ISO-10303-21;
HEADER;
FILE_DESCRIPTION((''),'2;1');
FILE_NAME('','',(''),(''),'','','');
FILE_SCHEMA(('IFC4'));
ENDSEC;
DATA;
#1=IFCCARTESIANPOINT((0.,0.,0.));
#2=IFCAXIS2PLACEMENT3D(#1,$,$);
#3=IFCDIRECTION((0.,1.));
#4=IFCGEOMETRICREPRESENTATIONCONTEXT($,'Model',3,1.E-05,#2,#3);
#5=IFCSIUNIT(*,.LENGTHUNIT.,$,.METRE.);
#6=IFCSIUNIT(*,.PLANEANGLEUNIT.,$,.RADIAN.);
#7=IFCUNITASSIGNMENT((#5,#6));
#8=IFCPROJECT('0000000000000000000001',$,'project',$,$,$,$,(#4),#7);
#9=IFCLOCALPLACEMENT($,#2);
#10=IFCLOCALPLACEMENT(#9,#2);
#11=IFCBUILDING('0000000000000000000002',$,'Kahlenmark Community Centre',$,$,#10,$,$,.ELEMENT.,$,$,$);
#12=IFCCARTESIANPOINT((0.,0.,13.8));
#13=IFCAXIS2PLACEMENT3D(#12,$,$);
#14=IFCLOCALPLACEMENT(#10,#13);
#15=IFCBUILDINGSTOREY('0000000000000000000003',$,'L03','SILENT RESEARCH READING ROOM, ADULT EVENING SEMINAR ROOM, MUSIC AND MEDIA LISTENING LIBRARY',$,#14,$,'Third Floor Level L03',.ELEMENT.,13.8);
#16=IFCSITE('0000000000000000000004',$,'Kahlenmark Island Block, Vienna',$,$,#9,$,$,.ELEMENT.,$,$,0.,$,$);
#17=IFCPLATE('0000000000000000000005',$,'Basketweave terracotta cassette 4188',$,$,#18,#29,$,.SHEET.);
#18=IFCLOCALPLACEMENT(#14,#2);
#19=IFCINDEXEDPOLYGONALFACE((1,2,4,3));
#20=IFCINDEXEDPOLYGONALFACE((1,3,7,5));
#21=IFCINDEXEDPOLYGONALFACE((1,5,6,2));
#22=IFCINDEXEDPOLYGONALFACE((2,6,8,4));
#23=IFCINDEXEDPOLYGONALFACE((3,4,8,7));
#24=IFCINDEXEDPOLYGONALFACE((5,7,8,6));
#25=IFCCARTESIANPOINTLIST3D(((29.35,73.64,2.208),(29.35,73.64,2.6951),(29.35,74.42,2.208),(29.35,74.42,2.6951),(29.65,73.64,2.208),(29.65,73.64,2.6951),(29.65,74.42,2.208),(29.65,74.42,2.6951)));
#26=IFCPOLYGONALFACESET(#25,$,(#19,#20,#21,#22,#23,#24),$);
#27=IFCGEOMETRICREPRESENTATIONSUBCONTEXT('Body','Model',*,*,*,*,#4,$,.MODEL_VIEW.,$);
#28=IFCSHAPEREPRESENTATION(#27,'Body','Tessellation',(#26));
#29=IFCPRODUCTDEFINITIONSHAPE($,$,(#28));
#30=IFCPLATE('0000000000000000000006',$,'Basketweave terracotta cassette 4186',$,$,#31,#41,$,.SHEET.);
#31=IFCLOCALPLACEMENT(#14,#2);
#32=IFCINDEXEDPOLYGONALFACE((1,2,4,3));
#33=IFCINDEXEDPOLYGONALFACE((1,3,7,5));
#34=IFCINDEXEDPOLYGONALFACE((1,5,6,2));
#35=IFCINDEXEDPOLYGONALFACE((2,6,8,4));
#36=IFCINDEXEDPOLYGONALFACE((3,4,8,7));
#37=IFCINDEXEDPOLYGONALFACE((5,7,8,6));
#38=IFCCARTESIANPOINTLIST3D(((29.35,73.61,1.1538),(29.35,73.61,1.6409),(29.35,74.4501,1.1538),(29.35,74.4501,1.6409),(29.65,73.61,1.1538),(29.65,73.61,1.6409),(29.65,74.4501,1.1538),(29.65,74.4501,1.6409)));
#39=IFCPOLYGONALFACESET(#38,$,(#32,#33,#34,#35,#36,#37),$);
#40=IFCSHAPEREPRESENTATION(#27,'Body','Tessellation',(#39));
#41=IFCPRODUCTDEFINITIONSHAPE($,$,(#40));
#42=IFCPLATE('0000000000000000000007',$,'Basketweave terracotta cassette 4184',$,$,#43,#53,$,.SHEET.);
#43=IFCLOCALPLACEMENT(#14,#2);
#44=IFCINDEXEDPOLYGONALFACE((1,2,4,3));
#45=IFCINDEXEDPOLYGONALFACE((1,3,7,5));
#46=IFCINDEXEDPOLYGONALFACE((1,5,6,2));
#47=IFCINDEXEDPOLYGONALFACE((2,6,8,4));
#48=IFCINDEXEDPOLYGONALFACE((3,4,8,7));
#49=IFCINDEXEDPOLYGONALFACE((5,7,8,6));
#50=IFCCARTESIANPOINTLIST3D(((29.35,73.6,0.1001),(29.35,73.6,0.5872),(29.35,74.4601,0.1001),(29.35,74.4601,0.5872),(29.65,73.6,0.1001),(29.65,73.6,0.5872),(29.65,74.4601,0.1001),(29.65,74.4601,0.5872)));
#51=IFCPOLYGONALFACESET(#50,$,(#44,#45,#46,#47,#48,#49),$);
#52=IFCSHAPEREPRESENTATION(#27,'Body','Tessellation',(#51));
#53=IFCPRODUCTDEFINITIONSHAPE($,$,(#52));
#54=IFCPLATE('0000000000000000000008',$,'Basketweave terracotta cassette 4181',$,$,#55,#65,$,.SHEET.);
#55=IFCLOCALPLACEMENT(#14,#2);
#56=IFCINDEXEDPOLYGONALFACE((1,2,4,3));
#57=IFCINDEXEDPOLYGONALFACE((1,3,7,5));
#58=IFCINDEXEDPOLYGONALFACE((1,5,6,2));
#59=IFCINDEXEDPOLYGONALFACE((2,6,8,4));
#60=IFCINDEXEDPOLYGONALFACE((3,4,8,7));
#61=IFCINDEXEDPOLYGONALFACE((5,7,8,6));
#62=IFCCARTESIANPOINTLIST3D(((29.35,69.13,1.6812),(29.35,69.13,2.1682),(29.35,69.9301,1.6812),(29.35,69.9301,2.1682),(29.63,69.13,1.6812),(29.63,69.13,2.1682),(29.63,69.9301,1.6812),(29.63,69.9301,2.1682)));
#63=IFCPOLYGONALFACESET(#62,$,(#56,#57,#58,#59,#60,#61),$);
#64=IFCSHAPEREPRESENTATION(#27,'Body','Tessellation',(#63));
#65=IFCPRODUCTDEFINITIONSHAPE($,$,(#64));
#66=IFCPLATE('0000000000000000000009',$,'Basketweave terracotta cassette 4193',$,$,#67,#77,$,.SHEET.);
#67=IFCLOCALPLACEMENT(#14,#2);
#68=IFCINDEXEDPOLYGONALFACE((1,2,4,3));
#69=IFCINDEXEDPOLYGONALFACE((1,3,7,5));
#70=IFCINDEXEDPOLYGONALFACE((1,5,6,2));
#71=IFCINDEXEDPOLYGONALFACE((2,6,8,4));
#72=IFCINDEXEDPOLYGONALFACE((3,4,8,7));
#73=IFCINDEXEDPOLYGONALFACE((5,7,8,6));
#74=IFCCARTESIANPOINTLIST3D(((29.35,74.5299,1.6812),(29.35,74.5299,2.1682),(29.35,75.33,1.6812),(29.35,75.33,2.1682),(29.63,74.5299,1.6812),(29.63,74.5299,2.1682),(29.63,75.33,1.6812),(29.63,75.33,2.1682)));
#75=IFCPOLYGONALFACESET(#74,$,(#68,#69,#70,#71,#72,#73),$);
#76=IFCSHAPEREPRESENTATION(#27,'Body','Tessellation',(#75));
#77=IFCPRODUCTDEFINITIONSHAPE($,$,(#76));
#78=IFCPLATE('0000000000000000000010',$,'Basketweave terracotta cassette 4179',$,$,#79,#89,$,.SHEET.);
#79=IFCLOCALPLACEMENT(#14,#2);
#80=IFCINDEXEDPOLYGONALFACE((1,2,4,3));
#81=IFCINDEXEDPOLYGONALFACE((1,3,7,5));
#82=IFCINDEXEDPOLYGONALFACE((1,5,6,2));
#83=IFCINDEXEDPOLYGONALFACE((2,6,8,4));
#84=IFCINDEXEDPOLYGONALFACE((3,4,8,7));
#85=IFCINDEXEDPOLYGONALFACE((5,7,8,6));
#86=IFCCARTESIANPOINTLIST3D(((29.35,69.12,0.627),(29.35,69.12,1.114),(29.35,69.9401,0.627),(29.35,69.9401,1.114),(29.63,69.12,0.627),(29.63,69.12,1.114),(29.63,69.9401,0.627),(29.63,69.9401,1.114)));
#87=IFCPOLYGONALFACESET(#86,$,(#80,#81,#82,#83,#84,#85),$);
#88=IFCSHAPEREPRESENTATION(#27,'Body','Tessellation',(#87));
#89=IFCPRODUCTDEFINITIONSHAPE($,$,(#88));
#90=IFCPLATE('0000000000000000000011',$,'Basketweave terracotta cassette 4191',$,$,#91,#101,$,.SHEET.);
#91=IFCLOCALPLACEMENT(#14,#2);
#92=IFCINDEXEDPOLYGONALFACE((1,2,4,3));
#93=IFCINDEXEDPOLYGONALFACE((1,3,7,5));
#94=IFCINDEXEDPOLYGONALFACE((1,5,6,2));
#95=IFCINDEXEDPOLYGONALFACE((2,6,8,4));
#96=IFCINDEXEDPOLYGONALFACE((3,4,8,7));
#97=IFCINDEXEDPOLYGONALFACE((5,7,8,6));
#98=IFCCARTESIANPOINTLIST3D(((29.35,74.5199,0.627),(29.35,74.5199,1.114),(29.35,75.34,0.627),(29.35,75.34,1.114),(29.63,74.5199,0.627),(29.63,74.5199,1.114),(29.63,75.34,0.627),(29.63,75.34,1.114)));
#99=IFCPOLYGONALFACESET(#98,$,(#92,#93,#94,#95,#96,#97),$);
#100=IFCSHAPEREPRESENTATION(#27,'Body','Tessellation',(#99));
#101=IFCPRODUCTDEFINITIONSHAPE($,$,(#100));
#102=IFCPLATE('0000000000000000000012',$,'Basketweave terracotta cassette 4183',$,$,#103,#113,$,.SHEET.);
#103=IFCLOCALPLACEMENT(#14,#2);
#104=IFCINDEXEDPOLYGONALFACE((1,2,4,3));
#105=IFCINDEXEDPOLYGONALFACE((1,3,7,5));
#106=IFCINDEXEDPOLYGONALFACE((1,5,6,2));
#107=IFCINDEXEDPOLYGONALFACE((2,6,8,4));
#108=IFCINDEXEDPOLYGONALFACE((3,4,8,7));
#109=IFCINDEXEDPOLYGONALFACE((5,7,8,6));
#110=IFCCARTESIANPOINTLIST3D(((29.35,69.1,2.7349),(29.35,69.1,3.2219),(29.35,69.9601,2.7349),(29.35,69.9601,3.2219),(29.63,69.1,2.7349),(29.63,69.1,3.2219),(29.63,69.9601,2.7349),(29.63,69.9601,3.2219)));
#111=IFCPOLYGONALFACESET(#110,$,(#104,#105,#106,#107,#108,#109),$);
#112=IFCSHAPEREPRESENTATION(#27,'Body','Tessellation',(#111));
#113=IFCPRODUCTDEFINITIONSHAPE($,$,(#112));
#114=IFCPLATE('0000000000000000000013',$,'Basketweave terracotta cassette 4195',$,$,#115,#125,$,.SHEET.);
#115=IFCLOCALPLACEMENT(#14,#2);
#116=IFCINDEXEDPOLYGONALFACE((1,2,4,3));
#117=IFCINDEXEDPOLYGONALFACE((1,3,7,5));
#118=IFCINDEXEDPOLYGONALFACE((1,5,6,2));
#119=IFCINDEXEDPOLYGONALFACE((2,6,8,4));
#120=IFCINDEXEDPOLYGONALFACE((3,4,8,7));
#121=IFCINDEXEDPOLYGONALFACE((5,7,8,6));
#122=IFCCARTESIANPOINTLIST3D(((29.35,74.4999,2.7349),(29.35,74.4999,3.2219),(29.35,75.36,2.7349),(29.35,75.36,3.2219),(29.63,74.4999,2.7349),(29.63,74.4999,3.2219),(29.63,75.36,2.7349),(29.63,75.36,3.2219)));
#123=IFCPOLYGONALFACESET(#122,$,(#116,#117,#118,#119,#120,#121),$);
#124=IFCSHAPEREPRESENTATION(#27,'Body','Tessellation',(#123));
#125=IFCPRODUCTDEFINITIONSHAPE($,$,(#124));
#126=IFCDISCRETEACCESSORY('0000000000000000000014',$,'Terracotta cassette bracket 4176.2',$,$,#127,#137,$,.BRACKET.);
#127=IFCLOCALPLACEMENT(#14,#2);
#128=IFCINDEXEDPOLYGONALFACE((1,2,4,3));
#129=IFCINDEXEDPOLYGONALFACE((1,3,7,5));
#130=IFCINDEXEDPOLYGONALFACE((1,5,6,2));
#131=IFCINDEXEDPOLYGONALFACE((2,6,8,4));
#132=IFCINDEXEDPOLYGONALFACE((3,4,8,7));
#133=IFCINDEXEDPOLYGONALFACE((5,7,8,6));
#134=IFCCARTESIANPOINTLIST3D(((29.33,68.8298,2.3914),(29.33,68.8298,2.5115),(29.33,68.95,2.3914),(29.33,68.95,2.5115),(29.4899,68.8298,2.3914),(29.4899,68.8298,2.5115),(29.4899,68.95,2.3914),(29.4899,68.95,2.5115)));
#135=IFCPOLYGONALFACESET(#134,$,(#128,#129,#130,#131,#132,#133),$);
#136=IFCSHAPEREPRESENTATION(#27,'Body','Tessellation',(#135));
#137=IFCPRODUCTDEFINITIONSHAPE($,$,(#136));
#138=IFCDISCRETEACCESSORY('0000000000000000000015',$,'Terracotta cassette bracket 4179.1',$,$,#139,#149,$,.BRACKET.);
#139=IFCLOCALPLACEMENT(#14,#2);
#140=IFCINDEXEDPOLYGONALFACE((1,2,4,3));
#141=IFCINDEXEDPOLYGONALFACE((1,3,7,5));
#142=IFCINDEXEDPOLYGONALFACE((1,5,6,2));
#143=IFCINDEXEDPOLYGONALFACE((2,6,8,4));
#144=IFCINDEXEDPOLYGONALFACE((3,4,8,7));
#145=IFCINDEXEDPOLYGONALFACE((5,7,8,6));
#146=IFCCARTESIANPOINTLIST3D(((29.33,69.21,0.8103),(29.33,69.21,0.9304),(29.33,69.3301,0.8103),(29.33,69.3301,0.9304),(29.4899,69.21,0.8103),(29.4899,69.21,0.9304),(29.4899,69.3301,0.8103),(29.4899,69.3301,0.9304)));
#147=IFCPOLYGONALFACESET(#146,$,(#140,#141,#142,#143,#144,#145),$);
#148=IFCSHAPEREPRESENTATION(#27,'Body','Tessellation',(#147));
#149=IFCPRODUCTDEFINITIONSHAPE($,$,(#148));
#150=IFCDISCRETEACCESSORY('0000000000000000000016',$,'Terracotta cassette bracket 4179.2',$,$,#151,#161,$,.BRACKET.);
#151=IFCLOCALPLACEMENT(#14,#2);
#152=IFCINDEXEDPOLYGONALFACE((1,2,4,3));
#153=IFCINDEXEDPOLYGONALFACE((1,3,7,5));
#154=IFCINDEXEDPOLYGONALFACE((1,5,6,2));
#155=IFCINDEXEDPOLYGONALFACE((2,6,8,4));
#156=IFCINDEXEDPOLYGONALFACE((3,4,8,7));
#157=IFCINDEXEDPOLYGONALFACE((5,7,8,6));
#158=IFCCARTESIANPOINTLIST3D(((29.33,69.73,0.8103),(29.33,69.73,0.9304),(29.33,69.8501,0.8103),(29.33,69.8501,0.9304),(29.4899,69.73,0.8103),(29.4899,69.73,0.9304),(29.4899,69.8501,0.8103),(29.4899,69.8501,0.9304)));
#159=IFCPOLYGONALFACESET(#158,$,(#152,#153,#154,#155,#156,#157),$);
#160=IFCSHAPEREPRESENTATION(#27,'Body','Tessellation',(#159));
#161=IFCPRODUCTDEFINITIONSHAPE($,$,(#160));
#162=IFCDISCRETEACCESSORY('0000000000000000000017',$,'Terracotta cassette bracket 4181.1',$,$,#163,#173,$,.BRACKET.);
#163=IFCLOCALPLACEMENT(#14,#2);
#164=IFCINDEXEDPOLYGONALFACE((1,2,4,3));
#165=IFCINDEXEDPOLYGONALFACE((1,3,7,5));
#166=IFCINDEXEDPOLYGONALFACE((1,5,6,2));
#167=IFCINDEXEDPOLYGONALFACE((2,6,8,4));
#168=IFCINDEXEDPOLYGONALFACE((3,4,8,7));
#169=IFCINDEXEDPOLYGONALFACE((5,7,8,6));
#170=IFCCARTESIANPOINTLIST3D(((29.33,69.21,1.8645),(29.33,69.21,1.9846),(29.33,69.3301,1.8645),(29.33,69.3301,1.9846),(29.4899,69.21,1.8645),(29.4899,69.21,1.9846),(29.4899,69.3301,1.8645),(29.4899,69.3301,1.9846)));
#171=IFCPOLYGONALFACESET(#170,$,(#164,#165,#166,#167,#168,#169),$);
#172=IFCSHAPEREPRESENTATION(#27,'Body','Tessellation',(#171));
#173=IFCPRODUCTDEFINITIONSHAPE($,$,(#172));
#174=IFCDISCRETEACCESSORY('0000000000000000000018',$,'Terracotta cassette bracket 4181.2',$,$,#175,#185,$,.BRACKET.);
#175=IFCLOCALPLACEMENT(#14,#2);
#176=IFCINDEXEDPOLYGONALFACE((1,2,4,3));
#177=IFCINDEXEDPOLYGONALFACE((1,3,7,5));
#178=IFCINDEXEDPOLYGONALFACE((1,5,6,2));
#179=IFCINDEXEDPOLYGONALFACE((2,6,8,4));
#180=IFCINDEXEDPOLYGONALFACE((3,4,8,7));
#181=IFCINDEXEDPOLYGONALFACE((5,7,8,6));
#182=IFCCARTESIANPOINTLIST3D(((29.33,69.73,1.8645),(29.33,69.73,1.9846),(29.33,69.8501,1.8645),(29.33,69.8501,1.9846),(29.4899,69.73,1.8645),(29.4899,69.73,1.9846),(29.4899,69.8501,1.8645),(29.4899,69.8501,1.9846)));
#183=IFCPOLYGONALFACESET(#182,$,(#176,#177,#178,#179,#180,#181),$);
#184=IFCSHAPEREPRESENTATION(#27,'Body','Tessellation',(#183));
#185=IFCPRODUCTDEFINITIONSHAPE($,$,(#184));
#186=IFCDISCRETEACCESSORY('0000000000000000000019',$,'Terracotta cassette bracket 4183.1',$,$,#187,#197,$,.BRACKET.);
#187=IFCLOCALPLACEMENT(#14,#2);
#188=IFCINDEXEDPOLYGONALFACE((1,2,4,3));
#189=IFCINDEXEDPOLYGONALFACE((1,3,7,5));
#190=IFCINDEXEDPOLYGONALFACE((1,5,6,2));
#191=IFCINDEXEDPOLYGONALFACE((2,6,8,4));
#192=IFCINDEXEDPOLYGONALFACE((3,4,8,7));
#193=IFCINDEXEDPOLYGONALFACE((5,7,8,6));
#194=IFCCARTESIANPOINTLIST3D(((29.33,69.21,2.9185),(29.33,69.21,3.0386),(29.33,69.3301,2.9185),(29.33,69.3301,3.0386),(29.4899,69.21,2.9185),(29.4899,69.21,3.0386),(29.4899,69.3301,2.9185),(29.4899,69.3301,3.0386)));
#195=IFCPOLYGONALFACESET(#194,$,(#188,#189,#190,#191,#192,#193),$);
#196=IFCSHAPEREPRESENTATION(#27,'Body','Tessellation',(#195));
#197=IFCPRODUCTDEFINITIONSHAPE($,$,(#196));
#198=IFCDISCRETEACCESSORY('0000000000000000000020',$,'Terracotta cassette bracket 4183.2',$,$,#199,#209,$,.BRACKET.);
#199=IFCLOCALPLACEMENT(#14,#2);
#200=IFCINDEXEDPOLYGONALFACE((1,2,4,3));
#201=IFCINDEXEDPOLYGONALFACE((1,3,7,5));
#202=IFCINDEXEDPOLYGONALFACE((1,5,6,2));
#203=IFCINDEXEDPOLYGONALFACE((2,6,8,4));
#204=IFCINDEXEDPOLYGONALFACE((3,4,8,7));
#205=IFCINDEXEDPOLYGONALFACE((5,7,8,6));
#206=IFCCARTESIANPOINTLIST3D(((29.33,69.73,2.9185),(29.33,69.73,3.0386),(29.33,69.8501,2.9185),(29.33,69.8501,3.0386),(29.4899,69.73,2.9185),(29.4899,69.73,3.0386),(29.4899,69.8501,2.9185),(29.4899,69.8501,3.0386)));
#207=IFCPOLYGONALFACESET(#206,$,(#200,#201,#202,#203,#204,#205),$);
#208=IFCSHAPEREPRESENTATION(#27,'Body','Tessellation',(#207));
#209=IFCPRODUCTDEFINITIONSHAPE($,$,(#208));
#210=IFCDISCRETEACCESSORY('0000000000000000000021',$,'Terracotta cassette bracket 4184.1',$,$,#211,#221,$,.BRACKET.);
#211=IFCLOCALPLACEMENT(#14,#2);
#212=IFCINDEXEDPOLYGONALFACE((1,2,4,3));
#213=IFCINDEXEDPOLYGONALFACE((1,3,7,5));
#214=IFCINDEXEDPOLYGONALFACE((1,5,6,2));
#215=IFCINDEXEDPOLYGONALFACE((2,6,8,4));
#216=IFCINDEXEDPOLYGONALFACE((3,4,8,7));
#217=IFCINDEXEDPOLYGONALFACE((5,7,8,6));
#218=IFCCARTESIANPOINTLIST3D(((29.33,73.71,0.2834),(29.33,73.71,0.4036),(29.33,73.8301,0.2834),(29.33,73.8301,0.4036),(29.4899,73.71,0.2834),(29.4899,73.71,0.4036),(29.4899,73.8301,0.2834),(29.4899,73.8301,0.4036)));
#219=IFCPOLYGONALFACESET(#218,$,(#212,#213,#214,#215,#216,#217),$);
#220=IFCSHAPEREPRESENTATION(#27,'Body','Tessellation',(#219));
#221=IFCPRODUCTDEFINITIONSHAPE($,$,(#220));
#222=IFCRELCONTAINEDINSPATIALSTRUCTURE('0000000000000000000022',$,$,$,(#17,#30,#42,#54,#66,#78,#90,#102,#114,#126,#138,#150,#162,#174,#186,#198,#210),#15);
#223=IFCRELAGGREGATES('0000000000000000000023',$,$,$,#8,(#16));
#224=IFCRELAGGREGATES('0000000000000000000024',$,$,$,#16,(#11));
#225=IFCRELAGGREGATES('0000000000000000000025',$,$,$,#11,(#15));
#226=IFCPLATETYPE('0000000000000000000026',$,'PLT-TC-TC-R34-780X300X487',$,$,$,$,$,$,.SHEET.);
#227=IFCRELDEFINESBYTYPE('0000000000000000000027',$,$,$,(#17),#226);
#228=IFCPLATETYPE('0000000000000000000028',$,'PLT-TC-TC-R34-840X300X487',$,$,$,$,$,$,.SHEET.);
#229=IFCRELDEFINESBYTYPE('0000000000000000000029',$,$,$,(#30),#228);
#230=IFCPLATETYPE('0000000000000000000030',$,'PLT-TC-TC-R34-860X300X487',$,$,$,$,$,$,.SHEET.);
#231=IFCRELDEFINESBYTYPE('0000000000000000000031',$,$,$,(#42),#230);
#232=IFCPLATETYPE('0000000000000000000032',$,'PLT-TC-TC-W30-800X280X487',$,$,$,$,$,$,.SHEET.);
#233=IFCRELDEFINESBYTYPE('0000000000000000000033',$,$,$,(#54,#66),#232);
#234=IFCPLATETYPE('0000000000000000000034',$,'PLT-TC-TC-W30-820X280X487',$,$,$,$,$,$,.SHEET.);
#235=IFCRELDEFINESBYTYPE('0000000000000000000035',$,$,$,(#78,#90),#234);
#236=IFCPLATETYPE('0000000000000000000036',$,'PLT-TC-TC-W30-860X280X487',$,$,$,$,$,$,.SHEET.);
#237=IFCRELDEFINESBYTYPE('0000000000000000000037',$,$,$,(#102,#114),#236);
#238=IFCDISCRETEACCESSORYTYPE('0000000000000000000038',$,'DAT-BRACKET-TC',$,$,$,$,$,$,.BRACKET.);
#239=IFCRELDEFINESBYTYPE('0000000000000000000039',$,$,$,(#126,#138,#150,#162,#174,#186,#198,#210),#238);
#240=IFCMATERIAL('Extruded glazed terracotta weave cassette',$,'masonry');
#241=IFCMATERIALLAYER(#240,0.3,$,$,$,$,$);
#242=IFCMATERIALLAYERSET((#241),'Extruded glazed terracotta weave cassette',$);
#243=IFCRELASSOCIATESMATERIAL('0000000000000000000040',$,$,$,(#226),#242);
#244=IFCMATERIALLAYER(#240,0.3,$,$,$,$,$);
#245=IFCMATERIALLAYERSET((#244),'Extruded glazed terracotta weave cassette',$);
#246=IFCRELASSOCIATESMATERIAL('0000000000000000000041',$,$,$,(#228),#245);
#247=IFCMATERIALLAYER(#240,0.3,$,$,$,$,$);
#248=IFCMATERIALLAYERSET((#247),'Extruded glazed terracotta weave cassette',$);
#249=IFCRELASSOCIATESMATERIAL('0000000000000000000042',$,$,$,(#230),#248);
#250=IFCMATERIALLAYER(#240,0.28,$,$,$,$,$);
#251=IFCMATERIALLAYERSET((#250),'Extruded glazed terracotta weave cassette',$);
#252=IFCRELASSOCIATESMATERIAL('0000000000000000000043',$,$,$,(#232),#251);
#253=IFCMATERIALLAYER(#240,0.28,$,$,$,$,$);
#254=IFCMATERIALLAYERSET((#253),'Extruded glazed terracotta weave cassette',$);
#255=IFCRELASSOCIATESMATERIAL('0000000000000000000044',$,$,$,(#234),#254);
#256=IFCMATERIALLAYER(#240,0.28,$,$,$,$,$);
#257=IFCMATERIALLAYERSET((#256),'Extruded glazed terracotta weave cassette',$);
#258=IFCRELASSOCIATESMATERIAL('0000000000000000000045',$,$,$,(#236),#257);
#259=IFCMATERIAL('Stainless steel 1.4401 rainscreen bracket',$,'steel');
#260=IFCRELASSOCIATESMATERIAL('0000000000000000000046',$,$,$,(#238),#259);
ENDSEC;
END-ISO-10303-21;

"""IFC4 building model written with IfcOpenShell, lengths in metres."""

from ifc_helpers import new_model, si_unit, direction, frame, origin, origin_2d, place, context, subcontext, project, spatial, rectangle, extrude, material, layer, layer_set, type_object, element, save


model = new_model("IFC4")

# Units and contexts
model_context = context("Model", 3, precision=1e-05, world=origin(), true_north=direction((0.0, 1.0)))
body_context = subcontext(model_context, "Body", "Model", "MODEL_VIEW")
ifc_project = project(units=[si_unit("LENGTHUNIT", "METRE"), si_unit("PLANEANGLEUNIT", "RADIAN")], contexts=[model_context])

# Site, building, storey
site_placement = place(None, origin())
site = spatial("IfcSite", under=ifc_project, at=site_placement, Name="Kahlenmark Island Block, Vienna", CompositionType="ELEMENT", RefElevation=0.0)
building_placement = place(site_placement, origin())
building = spatial("IfcBuilding", under=site, at=building_placement, Name="Kahlenmark Community Centre", CompositionType="ELEMENT")
storey_placement = place(building_placement, frame((0.0, 0.0, 13.8)))
storey = spatial("IfcBuildingStorey", under=building, at=storey_placement, Name="L03", Description="SILENT RESEARCH READING ROOM, ADULT EVENING SEMINAR ROOM, MUSIC AND MEDIA LISTENING LIBRARY", LongName="Third Floor Level L03", CompositionType="ELEMENT", Elevation=13.8)

# Plates
ifc_material_1 = material(Name="Extruded glazed terracotta weave cassette", Category="masonry")
ifc_layer_1 = layer(ifc_material_1, 0.3)
ifc_layer_set_1 = layer_set([ifc_layer_1], Name="Extruded glazed terracotta weave cassette")
plate_type_1 = type_object("IfcPlateType", Name="PLT-TC-TC-R34-780X300X487", PredefinedType="SHEET", material=ifc_layer_set_1)
plate_1_placement = place(storey_placement, frame((29.5, 74.03, 2.208), z_axis=(0.0, 0.0, 1.0), x_axis=(0.0, 1.0, 0.0)))
element("IfcPlate", 1, at=plate_1_placement, inside=storey, type_object=plate_type_1, Name="Basketweave terracotta cassette 4188", PredefinedType="SHEET", context=body_context, shape_type="SweptSolid", body=[
    extrude(rectangle(XDim=0.78, YDim=0.3, at=origin_2d()), origin(), (0.0, 0.0, 1.0), 0.4871),
])
ifc_layer_2 = layer(ifc_material_1, 0.3)
ifc_layer_set_2 = layer_set([ifc_layer_2], Name="Extruded glazed terracotta weave cassette")
plate_type_2 = type_object("IfcPlateType", Name="PLT-TC-TC-R34-840X300X487", PredefinedType="SHEET", material=ifc_layer_set_2)
plate_2_placement = place(storey_placement, frame((29.5, 74.03, 1.1538), z_axis=(0.0, 0.0, 1.0), x_axis=(0.0, 1.0, 0.0)))
element("IfcPlate", 2, at=plate_2_placement, inside=storey, type_object=plate_type_2, Name="Basketweave terracotta cassette 4186", PredefinedType="SHEET", context=body_context, shape_type="SweptSolid", body=[
    extrude(rectangle(XDim=0.8401, YDim=0.3, at=origin_2d()), origin(), (0.0, 0.0, 1.0), 0.4871),
])
ifc_layer_3 = layer(ifc_material_1, 0.3)
ifc_layer_set_3 = layer_set([ifc_layer_3], Name="Extruded glazed terracotta weave cassette")
plate_type_3 = type_object("IfcPlateType", Name="PLT-TC-TC-R34-860X300X487", PredefinedType="SHEET", material=ifc_layer_set_3)
plate_3_placement = place(storey_placement, frame((29.5, 74.03, 0.1001), z_axis=(0.0, 0.0, 1.0), x_axis=(0.0, 1.0, 0.0)))
element("IfcPlate", 3, at=plate_3_placement, inside=storey, type_object=plate_type_3, Name="Basketweave terracotta cassette 4184", PredefinedType="SHEET", context=body_context, shape_type="SweptSolid", body=[
    extrude(rectangle(XDim=0.8601, YDim=0.3, at=origin_2d()), origin(), (0.0, 0.0, 1.0), 0.4871),
])
ifc_layer_4 = layer(ifc_material_1, 0.28)
ifc_layer_set_4 = layer_set([ifc_layer_4], Name="Extruded glazed terracotta weave cassette")
plate_type_4 = type_object("IfcPlateType", Name="PLT-TC-TC-W30-800X280X487", PredefinedType="SHEET", material=ifc_layer_set_4)
for number, where, z_axis, x_axis, name in (
    (4, (29.49, 69.53, 1.6812), (0.0, 0.0, 1.0), (0.0, 1.0, 0.0), "Basketweave terracotta cassette 4181"),
    (5, (29.49, 74.9299, 1.6812), (0.0, 0.0, 1.0), (0.0, 1.0, 0.0), "Basketweave terracotta cassette 4193"),
):
    element("IfcPlate", number, at=place(storey_placement, frame(where, z_axis=z_axis, x_axis=x_axis)), inside=storey, type_object=plate_type_4, Name=name, PredefinedType="SHEET", context=body_context, shape_type="SweptSolid", body=[
        extrude(rectangle(XDim=0.8, YDim=0.28, at=origin_2d()), origin(), (0.0, 0.0, 1.0), 0.4871),
    ])
ifc_layer_5 = layer(ifc_material_1, 0.28)
ifc_layer_set_5 = layer_set([ifc_layer_5], Name="Extruded glazed terracotta weave cassette")
plate_type_5 = type_object("IfcPlateType", Name="PLT-TC-TC-W30-820X280X487", PredefinedType="SHEET", material=ifc_layer_set_5)
for number, where, z_axis, x_axis, name in (
    (6, (29.49, 69.53, 0.627), (0.0, 0.0, 1.0), (0.0, 1.0, 0.0), "Basketweave terracotta cassette 4179"),
    (7, (29.49, 74.9299, 0.627), (0.0, 0.0, 1.0), (0.0, 1.0, 0.0), "Basketweave terracotta cassette 4191"),
):
    element("IfcPlate", number, at=place(storey_placement, frame(where, z_axis=z_axis, x_axis=x_axis)), inside=storey, type_object=plate_type_5, Name=name, PredefinedType="SHEET", context=body_context, shape_type="SweptSolid", body=[
        extrude(rectangle(XDim=0.8201, YDim=0.28, at=origin_2d()), origin(), (0.0, 0.0, 1.0), 0.4871),
    ])
ifc_layer_6 = layer(ifc_material_1, 0.28)
ifc_layer_set_6 = layer_set([ifc_layer_6], Name="Extruded glazed terracotta weave cassette")
plate_type_6 = type_object("IfcPlateType", Name="PLT-TC-TC-W30-860X280X487", PredefinedType="SHEET", material=ifc_layer_set_6)
for number, where, z_axis, x_axis, name in (
    (8, (29.49, 69.53, 2.7349), (0.0, 0.0, 1.0), (0.0, 1.0, 0.0), "Basketweave terracotta cassette 4183"),
    (9, (29.49, 74.9299, 2.7349), (0.0, 0.0, 1.0), (0.0, 1.0, 0.0), "Basketweave terracotta cassette 4195"),
):
    element("IfcPlate", number, at=place(storey_placement, frame(where, z_axis=z_axis, x_axis=x_axis)), inside=storey, type_object=plate_type_6, Name=name, PredefinedType="SHEET", context=body_context, shape_type="SweptSolid", body=[
        extrude(rectangle(XDim=0.8601, YDim=0.28, at=origin_2d()), origin(), (0.0, 0.0, 1.0), 0.4871),
    ])

# Discrete accessories
ifc_material_2 = material(Name="Stainless steel 1.4401 rainscreen bracket", Category="steel")
discrete_accessory_type = type_object("IfcDiscreteAccessoryType", Name="DAT-BRACKET-TC", PredefinedType="BRACKET", material=ifc_material_2)
for number, where, z_axis, x_axis, name in (
    (10, (29.4099, 68.8899, 2.3914), (0.0, 0.0, 1.0), (0.0, 1.0, 0.0), "Terracotta cassette bracket 4176.2"),
    (11, (29.4099, 69.27, 0.8103), (0.0, 0.0, 1.0), (0.0, 1.0, 0.0), "Terracotta cassette bracket 4179.1"),
    (12, (29.4099, 69.79, 0.8103), (0.0, 0.0, 1.0), (0.0, 1.0, 0.0), "Terracotta cassette bracket 4179.2"),
    (13, (29.4099, 69.27, 1.8645), (0.0, 0.0, 1.0), (0.0, 1.0, 0.0), "Terracotta cassette bracket 4181.1"),
    (14, (29.4099, 69.79, 1.8645), (0.0, 0.0, 1.0), (0.0, 1.0, 0.0), "Terracotta cassette bracket 4181.2"),
    (15, (29.4099, 69.27, 2.9185), (0.0, 0.0, 1.0), (0.0, 1.0, 0.0), "Terracotta cassette bracket 4183.1"),
    (16, (29.4099, 69.79, 2.9185), (0.0, 0.0, 1.0), (0.0, 1.0, 0.0), "Terracotta cassette bracket 4183.2"),
    (17, (29.4099, 73.77, 0.2834), (0.0, 0.0, 1.0), (0.0, 1.0, 0.0), "Terracotta cassette bracket 4184.1"),
):
    element("IfcDiscreteAccessory", number, at=place(storey_placement, frame(where, z_axis=z_axis, x_axis=x_axis)), inside=storey, type_object=discrete_accessory_type, Name=name, PredefinedType="BRACKET", context=body_context, shape_type="SweptSolid", body=[
        extrude(rectangle(XDim=0.1201, YDim=0.1599, at=origin_2d()), origin(), (0.0, 0.0, 1.0), 0.1201),
    ])

save(model, "model.ifc")
